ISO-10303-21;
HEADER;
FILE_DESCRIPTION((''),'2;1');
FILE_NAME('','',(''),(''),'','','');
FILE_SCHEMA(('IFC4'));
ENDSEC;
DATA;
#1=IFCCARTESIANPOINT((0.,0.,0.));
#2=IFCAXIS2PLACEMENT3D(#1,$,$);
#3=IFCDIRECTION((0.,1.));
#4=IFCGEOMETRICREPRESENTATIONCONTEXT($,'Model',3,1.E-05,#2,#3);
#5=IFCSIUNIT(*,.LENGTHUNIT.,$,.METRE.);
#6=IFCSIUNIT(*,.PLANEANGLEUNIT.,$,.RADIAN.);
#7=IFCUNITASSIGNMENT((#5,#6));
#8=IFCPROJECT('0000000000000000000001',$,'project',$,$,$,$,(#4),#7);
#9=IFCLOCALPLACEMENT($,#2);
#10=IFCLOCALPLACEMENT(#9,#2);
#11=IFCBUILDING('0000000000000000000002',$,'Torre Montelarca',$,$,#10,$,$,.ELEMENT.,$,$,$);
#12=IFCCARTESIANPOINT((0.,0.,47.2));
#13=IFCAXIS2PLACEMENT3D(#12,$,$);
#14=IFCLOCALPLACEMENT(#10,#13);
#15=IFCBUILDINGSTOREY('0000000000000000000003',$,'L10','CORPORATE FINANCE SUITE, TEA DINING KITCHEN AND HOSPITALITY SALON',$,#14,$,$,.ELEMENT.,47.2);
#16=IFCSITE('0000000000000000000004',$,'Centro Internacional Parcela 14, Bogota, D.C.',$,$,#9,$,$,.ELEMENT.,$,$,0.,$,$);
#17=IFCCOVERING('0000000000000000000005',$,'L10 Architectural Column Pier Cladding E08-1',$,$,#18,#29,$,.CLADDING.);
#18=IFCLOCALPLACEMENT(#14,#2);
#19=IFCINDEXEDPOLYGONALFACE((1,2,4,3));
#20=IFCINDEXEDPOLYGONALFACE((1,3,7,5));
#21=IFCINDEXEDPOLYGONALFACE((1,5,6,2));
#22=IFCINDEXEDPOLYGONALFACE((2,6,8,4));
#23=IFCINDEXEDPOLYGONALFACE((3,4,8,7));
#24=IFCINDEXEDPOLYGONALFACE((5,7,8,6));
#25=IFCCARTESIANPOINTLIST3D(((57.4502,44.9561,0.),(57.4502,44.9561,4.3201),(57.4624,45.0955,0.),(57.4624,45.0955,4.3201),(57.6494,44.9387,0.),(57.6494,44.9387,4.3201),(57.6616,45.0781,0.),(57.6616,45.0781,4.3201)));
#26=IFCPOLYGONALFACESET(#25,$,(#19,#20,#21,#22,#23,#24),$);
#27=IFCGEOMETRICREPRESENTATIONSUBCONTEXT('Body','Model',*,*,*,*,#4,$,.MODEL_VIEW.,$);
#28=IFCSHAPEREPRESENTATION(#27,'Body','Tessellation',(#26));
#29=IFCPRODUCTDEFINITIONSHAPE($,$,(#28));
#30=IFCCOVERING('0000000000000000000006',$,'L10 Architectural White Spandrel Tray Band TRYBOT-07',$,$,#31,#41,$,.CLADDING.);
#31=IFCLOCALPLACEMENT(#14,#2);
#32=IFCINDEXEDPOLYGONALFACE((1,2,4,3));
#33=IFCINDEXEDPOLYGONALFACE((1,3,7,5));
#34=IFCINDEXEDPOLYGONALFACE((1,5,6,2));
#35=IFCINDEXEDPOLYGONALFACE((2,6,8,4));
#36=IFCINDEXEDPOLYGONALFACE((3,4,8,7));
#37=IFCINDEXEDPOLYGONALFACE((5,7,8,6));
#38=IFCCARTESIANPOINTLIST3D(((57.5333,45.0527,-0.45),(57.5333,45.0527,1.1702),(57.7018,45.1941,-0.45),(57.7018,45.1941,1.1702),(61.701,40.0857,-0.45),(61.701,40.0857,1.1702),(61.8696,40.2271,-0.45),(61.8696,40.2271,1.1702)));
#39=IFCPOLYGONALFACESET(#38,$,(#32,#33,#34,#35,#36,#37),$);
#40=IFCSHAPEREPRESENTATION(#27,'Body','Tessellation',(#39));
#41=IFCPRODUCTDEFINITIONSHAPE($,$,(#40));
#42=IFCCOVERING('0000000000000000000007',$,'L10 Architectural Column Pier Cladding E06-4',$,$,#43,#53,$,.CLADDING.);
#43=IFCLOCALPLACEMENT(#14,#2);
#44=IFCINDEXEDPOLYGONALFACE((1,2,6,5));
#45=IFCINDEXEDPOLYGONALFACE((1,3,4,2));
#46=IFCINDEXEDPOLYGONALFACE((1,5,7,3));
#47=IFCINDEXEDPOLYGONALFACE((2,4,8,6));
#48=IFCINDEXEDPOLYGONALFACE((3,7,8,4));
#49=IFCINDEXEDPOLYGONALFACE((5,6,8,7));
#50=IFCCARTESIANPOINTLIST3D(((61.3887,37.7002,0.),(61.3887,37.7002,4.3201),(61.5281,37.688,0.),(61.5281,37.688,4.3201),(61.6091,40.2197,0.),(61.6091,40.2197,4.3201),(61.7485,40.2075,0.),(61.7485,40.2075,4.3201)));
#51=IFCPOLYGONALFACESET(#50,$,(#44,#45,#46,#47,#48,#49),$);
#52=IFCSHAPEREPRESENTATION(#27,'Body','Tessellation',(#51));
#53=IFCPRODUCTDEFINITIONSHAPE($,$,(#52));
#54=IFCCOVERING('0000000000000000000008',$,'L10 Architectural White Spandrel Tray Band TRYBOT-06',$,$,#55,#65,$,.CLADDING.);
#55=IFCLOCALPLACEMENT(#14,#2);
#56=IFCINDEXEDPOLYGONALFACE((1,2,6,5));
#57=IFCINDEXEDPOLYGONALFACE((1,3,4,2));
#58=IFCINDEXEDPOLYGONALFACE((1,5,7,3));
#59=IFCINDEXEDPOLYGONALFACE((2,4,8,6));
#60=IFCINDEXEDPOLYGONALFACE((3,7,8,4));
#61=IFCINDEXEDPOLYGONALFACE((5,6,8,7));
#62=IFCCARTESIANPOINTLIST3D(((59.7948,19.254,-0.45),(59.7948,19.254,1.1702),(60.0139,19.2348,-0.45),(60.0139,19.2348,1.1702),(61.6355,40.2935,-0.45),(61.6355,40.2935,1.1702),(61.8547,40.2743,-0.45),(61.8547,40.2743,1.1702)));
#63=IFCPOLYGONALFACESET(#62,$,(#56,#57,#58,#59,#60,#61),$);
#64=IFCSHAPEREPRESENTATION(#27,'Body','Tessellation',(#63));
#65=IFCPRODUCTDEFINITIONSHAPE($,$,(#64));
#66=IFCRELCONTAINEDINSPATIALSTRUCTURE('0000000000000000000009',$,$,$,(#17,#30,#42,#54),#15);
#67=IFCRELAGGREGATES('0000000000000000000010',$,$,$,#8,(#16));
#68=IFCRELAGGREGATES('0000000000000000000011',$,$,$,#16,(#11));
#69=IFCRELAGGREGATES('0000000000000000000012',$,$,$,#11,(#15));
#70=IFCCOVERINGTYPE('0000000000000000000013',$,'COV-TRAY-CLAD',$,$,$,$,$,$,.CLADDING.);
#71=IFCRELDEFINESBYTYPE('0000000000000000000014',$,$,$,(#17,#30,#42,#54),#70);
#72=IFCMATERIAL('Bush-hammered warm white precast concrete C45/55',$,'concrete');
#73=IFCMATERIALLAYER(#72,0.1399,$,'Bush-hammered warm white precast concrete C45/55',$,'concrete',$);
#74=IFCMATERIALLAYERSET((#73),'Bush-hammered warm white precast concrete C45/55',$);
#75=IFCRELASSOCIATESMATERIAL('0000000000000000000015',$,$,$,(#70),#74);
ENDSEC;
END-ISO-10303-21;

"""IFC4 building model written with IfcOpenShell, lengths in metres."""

from ifc_helpers import new_model, si_unit, direction, frame, origin, origin_2d, place, context, subcontext, project, spatial, rectangle, extrude, source, transform, mapped, material, layer, layer_set, type_object, element, save


model = new_model("IFC4")

# Units and contexts
model_context = context("Model", 3, precision=1e-05, world=origin(), true_north=direction((0.0, 1.0)))
body_context = subcontext(model_context, "Body", "Model", "MODEL_VIEW")
ifc_project = project(units=[si_unit("LENGTHUNIT", "METRE"), si_unit("PLANEANGLEUNIT", "RADIAN")], contexts=[model_context])

# Site, building, storey
site_placement = place(None, origin())
site = spatial("IfcSite", under=ifc_project, at=site_placement, Name="Centro Internacional Parcela 14, Bogota, D.C.", CompositionType="ELEMENT", RefElevation=0.0)
building_placement = place(site_placement, origin())
building = spatial("IfcBuilding", under=site, at=building_placement, Name="Torre Montelarca", CompositionType="ELEMENT")
storey_placement = place(building_placement, frame((0.0, 0.0, 47.2)))
storey = spatial("IfcBuildingStorey", under=building, at=storey_placement, Name="L10", Description="CORPORATE FINANCE SUITE, TEA DINING KITCHEN AND HOSPITALITY SALON", CompositionType="ELEMENT", Elevation=47.2)

# Coverings
ifc_material_1 = material(Name="Bush-hammered warm white precast concrete C45/55", Category="concrete")
ifc_layer_1 = layer(ifc_material_1, 0.1399, Name="Bush-hammered warm white precast concrete C45/55", Category="concrete")
ifc_layer_set_1 = layer_set([ifc_layer_1], Name="Bush-hammered warm white precast concrete C45/55")
covering_type = type_object("IfcCoveringType", Name="COV-TRAY-CLAD", PredefinedType="CLADDING", material=ifc_layer_set_1)
shared_shape_1 = source(origin(), body_context, "Body", "SweptSolid", [
    extrude(rectangle(XDim=0.2, YDim=0.1399, at=origin_2d()), origin(), (0.0, 0.0, 1.0), 4.3201),
])
for number, where, z_axis, x_axis, name in (
    (1, (57.5559, 45.0171, 0.0), (0.0, 0.0, 1.0), (-0.996195, 0.087157, 0.0), "L10 Architectural Column Pier Cladding E08-1"),
):
    element("IfcCovering", number, at=place(storey_placement, frame(where, z_axis=z_axis, x_axis=x_axis)), inside=storey, type_object=covering_type, Name=name, PredefinedType="CLADDING", context=body_context, shape_type="MappedRepresentation", body=[
        mapped(shared_shape_1, transform((0.0, 0.0, 0.0), scale=1.0)),
    ])
shared_shape_2 = source(origin(), body_context, "Body", "SweptSolid", [
    extrude(rectangle(XDim=6.4839, YDim=0.22, at=origin_2d()), origin(), (0.0, 0.0, 1.0), 1.6201),
])
covering_1_placement = place(storey_placement, frame((59.7014, 42.6399, -0.45), z_axis=(0.0, 0.0, 1.0), x_axis=(-0.642788, 0.766044, 0.0)))
element("IfcCovering", 2, at=covering_1_placement, inside=storey, type_object=covering_type, Name="L10 Architectural White Spandrel Tray Band TRYBOT-07", PredefinedType="CLADDING", context=body_context, shape_type="MappedRepresentation", body=[
    mapped(shared_shape_2, transform((0.0, 0.0, 0.0), scale=1.0)),
])
shared_shape_3 = source(origin(), body_context, "Body", "SweptSolid", [
    extrude(rectangle(XDim=2.5291, YDim=0.1399, at=origin_2d()), origin(), (0.0, 0.0, 1.0), 4.3201),
])
covering_2_placement = place(storey_placement, frame((61.5686, 38.9539, 0.0), z_axis=(0.0, 0.0, 1.0), x_axis=(0.087161, 0.996194, 0.0)))
element("IfcCovering", 3, at=covering_2_placement, inside=storey, type_object=covering_type, Name="L10 Architectural Column Pier Cladding E06-4", PredefinedType="CLADDING", context=body_context, shape_type="MappedRepresentation", body=[
    mapped(shared_shape_3, transform((0.0, 0.0, 0.0), scale=1.0)),
])
shared_shape_4 = source(origin(), body_context, "Body", "SweptSolid", [
    extrude(rectangle(XDim=21.1199, YDim=0.22, at=origin_2d()), origin(), (0.0, 0.0, 1.0), 1.6201),
])
covering_3_placement = place(storey_placement, frame((60.8247, 29.7642, -0.45), z_axis=(0.0, 0.0, 1.0), x_axis=(0.087157, 0.996195, 0.0)))
element("IfcCovering", 4, at=covering_3_placement, inside=storey, type_object=covering_type, Name="L10 Architectural White Spandrel Tray Band TRYBOT-06", PredefinedType="CLADDING", context=body_context, shape_type="MappedRepresentation", body=[
    mapped(shared_shape_4, transform((0.0, 0.0, 0.0), scale=1.0)),
])

save(model, "model.ifc")
